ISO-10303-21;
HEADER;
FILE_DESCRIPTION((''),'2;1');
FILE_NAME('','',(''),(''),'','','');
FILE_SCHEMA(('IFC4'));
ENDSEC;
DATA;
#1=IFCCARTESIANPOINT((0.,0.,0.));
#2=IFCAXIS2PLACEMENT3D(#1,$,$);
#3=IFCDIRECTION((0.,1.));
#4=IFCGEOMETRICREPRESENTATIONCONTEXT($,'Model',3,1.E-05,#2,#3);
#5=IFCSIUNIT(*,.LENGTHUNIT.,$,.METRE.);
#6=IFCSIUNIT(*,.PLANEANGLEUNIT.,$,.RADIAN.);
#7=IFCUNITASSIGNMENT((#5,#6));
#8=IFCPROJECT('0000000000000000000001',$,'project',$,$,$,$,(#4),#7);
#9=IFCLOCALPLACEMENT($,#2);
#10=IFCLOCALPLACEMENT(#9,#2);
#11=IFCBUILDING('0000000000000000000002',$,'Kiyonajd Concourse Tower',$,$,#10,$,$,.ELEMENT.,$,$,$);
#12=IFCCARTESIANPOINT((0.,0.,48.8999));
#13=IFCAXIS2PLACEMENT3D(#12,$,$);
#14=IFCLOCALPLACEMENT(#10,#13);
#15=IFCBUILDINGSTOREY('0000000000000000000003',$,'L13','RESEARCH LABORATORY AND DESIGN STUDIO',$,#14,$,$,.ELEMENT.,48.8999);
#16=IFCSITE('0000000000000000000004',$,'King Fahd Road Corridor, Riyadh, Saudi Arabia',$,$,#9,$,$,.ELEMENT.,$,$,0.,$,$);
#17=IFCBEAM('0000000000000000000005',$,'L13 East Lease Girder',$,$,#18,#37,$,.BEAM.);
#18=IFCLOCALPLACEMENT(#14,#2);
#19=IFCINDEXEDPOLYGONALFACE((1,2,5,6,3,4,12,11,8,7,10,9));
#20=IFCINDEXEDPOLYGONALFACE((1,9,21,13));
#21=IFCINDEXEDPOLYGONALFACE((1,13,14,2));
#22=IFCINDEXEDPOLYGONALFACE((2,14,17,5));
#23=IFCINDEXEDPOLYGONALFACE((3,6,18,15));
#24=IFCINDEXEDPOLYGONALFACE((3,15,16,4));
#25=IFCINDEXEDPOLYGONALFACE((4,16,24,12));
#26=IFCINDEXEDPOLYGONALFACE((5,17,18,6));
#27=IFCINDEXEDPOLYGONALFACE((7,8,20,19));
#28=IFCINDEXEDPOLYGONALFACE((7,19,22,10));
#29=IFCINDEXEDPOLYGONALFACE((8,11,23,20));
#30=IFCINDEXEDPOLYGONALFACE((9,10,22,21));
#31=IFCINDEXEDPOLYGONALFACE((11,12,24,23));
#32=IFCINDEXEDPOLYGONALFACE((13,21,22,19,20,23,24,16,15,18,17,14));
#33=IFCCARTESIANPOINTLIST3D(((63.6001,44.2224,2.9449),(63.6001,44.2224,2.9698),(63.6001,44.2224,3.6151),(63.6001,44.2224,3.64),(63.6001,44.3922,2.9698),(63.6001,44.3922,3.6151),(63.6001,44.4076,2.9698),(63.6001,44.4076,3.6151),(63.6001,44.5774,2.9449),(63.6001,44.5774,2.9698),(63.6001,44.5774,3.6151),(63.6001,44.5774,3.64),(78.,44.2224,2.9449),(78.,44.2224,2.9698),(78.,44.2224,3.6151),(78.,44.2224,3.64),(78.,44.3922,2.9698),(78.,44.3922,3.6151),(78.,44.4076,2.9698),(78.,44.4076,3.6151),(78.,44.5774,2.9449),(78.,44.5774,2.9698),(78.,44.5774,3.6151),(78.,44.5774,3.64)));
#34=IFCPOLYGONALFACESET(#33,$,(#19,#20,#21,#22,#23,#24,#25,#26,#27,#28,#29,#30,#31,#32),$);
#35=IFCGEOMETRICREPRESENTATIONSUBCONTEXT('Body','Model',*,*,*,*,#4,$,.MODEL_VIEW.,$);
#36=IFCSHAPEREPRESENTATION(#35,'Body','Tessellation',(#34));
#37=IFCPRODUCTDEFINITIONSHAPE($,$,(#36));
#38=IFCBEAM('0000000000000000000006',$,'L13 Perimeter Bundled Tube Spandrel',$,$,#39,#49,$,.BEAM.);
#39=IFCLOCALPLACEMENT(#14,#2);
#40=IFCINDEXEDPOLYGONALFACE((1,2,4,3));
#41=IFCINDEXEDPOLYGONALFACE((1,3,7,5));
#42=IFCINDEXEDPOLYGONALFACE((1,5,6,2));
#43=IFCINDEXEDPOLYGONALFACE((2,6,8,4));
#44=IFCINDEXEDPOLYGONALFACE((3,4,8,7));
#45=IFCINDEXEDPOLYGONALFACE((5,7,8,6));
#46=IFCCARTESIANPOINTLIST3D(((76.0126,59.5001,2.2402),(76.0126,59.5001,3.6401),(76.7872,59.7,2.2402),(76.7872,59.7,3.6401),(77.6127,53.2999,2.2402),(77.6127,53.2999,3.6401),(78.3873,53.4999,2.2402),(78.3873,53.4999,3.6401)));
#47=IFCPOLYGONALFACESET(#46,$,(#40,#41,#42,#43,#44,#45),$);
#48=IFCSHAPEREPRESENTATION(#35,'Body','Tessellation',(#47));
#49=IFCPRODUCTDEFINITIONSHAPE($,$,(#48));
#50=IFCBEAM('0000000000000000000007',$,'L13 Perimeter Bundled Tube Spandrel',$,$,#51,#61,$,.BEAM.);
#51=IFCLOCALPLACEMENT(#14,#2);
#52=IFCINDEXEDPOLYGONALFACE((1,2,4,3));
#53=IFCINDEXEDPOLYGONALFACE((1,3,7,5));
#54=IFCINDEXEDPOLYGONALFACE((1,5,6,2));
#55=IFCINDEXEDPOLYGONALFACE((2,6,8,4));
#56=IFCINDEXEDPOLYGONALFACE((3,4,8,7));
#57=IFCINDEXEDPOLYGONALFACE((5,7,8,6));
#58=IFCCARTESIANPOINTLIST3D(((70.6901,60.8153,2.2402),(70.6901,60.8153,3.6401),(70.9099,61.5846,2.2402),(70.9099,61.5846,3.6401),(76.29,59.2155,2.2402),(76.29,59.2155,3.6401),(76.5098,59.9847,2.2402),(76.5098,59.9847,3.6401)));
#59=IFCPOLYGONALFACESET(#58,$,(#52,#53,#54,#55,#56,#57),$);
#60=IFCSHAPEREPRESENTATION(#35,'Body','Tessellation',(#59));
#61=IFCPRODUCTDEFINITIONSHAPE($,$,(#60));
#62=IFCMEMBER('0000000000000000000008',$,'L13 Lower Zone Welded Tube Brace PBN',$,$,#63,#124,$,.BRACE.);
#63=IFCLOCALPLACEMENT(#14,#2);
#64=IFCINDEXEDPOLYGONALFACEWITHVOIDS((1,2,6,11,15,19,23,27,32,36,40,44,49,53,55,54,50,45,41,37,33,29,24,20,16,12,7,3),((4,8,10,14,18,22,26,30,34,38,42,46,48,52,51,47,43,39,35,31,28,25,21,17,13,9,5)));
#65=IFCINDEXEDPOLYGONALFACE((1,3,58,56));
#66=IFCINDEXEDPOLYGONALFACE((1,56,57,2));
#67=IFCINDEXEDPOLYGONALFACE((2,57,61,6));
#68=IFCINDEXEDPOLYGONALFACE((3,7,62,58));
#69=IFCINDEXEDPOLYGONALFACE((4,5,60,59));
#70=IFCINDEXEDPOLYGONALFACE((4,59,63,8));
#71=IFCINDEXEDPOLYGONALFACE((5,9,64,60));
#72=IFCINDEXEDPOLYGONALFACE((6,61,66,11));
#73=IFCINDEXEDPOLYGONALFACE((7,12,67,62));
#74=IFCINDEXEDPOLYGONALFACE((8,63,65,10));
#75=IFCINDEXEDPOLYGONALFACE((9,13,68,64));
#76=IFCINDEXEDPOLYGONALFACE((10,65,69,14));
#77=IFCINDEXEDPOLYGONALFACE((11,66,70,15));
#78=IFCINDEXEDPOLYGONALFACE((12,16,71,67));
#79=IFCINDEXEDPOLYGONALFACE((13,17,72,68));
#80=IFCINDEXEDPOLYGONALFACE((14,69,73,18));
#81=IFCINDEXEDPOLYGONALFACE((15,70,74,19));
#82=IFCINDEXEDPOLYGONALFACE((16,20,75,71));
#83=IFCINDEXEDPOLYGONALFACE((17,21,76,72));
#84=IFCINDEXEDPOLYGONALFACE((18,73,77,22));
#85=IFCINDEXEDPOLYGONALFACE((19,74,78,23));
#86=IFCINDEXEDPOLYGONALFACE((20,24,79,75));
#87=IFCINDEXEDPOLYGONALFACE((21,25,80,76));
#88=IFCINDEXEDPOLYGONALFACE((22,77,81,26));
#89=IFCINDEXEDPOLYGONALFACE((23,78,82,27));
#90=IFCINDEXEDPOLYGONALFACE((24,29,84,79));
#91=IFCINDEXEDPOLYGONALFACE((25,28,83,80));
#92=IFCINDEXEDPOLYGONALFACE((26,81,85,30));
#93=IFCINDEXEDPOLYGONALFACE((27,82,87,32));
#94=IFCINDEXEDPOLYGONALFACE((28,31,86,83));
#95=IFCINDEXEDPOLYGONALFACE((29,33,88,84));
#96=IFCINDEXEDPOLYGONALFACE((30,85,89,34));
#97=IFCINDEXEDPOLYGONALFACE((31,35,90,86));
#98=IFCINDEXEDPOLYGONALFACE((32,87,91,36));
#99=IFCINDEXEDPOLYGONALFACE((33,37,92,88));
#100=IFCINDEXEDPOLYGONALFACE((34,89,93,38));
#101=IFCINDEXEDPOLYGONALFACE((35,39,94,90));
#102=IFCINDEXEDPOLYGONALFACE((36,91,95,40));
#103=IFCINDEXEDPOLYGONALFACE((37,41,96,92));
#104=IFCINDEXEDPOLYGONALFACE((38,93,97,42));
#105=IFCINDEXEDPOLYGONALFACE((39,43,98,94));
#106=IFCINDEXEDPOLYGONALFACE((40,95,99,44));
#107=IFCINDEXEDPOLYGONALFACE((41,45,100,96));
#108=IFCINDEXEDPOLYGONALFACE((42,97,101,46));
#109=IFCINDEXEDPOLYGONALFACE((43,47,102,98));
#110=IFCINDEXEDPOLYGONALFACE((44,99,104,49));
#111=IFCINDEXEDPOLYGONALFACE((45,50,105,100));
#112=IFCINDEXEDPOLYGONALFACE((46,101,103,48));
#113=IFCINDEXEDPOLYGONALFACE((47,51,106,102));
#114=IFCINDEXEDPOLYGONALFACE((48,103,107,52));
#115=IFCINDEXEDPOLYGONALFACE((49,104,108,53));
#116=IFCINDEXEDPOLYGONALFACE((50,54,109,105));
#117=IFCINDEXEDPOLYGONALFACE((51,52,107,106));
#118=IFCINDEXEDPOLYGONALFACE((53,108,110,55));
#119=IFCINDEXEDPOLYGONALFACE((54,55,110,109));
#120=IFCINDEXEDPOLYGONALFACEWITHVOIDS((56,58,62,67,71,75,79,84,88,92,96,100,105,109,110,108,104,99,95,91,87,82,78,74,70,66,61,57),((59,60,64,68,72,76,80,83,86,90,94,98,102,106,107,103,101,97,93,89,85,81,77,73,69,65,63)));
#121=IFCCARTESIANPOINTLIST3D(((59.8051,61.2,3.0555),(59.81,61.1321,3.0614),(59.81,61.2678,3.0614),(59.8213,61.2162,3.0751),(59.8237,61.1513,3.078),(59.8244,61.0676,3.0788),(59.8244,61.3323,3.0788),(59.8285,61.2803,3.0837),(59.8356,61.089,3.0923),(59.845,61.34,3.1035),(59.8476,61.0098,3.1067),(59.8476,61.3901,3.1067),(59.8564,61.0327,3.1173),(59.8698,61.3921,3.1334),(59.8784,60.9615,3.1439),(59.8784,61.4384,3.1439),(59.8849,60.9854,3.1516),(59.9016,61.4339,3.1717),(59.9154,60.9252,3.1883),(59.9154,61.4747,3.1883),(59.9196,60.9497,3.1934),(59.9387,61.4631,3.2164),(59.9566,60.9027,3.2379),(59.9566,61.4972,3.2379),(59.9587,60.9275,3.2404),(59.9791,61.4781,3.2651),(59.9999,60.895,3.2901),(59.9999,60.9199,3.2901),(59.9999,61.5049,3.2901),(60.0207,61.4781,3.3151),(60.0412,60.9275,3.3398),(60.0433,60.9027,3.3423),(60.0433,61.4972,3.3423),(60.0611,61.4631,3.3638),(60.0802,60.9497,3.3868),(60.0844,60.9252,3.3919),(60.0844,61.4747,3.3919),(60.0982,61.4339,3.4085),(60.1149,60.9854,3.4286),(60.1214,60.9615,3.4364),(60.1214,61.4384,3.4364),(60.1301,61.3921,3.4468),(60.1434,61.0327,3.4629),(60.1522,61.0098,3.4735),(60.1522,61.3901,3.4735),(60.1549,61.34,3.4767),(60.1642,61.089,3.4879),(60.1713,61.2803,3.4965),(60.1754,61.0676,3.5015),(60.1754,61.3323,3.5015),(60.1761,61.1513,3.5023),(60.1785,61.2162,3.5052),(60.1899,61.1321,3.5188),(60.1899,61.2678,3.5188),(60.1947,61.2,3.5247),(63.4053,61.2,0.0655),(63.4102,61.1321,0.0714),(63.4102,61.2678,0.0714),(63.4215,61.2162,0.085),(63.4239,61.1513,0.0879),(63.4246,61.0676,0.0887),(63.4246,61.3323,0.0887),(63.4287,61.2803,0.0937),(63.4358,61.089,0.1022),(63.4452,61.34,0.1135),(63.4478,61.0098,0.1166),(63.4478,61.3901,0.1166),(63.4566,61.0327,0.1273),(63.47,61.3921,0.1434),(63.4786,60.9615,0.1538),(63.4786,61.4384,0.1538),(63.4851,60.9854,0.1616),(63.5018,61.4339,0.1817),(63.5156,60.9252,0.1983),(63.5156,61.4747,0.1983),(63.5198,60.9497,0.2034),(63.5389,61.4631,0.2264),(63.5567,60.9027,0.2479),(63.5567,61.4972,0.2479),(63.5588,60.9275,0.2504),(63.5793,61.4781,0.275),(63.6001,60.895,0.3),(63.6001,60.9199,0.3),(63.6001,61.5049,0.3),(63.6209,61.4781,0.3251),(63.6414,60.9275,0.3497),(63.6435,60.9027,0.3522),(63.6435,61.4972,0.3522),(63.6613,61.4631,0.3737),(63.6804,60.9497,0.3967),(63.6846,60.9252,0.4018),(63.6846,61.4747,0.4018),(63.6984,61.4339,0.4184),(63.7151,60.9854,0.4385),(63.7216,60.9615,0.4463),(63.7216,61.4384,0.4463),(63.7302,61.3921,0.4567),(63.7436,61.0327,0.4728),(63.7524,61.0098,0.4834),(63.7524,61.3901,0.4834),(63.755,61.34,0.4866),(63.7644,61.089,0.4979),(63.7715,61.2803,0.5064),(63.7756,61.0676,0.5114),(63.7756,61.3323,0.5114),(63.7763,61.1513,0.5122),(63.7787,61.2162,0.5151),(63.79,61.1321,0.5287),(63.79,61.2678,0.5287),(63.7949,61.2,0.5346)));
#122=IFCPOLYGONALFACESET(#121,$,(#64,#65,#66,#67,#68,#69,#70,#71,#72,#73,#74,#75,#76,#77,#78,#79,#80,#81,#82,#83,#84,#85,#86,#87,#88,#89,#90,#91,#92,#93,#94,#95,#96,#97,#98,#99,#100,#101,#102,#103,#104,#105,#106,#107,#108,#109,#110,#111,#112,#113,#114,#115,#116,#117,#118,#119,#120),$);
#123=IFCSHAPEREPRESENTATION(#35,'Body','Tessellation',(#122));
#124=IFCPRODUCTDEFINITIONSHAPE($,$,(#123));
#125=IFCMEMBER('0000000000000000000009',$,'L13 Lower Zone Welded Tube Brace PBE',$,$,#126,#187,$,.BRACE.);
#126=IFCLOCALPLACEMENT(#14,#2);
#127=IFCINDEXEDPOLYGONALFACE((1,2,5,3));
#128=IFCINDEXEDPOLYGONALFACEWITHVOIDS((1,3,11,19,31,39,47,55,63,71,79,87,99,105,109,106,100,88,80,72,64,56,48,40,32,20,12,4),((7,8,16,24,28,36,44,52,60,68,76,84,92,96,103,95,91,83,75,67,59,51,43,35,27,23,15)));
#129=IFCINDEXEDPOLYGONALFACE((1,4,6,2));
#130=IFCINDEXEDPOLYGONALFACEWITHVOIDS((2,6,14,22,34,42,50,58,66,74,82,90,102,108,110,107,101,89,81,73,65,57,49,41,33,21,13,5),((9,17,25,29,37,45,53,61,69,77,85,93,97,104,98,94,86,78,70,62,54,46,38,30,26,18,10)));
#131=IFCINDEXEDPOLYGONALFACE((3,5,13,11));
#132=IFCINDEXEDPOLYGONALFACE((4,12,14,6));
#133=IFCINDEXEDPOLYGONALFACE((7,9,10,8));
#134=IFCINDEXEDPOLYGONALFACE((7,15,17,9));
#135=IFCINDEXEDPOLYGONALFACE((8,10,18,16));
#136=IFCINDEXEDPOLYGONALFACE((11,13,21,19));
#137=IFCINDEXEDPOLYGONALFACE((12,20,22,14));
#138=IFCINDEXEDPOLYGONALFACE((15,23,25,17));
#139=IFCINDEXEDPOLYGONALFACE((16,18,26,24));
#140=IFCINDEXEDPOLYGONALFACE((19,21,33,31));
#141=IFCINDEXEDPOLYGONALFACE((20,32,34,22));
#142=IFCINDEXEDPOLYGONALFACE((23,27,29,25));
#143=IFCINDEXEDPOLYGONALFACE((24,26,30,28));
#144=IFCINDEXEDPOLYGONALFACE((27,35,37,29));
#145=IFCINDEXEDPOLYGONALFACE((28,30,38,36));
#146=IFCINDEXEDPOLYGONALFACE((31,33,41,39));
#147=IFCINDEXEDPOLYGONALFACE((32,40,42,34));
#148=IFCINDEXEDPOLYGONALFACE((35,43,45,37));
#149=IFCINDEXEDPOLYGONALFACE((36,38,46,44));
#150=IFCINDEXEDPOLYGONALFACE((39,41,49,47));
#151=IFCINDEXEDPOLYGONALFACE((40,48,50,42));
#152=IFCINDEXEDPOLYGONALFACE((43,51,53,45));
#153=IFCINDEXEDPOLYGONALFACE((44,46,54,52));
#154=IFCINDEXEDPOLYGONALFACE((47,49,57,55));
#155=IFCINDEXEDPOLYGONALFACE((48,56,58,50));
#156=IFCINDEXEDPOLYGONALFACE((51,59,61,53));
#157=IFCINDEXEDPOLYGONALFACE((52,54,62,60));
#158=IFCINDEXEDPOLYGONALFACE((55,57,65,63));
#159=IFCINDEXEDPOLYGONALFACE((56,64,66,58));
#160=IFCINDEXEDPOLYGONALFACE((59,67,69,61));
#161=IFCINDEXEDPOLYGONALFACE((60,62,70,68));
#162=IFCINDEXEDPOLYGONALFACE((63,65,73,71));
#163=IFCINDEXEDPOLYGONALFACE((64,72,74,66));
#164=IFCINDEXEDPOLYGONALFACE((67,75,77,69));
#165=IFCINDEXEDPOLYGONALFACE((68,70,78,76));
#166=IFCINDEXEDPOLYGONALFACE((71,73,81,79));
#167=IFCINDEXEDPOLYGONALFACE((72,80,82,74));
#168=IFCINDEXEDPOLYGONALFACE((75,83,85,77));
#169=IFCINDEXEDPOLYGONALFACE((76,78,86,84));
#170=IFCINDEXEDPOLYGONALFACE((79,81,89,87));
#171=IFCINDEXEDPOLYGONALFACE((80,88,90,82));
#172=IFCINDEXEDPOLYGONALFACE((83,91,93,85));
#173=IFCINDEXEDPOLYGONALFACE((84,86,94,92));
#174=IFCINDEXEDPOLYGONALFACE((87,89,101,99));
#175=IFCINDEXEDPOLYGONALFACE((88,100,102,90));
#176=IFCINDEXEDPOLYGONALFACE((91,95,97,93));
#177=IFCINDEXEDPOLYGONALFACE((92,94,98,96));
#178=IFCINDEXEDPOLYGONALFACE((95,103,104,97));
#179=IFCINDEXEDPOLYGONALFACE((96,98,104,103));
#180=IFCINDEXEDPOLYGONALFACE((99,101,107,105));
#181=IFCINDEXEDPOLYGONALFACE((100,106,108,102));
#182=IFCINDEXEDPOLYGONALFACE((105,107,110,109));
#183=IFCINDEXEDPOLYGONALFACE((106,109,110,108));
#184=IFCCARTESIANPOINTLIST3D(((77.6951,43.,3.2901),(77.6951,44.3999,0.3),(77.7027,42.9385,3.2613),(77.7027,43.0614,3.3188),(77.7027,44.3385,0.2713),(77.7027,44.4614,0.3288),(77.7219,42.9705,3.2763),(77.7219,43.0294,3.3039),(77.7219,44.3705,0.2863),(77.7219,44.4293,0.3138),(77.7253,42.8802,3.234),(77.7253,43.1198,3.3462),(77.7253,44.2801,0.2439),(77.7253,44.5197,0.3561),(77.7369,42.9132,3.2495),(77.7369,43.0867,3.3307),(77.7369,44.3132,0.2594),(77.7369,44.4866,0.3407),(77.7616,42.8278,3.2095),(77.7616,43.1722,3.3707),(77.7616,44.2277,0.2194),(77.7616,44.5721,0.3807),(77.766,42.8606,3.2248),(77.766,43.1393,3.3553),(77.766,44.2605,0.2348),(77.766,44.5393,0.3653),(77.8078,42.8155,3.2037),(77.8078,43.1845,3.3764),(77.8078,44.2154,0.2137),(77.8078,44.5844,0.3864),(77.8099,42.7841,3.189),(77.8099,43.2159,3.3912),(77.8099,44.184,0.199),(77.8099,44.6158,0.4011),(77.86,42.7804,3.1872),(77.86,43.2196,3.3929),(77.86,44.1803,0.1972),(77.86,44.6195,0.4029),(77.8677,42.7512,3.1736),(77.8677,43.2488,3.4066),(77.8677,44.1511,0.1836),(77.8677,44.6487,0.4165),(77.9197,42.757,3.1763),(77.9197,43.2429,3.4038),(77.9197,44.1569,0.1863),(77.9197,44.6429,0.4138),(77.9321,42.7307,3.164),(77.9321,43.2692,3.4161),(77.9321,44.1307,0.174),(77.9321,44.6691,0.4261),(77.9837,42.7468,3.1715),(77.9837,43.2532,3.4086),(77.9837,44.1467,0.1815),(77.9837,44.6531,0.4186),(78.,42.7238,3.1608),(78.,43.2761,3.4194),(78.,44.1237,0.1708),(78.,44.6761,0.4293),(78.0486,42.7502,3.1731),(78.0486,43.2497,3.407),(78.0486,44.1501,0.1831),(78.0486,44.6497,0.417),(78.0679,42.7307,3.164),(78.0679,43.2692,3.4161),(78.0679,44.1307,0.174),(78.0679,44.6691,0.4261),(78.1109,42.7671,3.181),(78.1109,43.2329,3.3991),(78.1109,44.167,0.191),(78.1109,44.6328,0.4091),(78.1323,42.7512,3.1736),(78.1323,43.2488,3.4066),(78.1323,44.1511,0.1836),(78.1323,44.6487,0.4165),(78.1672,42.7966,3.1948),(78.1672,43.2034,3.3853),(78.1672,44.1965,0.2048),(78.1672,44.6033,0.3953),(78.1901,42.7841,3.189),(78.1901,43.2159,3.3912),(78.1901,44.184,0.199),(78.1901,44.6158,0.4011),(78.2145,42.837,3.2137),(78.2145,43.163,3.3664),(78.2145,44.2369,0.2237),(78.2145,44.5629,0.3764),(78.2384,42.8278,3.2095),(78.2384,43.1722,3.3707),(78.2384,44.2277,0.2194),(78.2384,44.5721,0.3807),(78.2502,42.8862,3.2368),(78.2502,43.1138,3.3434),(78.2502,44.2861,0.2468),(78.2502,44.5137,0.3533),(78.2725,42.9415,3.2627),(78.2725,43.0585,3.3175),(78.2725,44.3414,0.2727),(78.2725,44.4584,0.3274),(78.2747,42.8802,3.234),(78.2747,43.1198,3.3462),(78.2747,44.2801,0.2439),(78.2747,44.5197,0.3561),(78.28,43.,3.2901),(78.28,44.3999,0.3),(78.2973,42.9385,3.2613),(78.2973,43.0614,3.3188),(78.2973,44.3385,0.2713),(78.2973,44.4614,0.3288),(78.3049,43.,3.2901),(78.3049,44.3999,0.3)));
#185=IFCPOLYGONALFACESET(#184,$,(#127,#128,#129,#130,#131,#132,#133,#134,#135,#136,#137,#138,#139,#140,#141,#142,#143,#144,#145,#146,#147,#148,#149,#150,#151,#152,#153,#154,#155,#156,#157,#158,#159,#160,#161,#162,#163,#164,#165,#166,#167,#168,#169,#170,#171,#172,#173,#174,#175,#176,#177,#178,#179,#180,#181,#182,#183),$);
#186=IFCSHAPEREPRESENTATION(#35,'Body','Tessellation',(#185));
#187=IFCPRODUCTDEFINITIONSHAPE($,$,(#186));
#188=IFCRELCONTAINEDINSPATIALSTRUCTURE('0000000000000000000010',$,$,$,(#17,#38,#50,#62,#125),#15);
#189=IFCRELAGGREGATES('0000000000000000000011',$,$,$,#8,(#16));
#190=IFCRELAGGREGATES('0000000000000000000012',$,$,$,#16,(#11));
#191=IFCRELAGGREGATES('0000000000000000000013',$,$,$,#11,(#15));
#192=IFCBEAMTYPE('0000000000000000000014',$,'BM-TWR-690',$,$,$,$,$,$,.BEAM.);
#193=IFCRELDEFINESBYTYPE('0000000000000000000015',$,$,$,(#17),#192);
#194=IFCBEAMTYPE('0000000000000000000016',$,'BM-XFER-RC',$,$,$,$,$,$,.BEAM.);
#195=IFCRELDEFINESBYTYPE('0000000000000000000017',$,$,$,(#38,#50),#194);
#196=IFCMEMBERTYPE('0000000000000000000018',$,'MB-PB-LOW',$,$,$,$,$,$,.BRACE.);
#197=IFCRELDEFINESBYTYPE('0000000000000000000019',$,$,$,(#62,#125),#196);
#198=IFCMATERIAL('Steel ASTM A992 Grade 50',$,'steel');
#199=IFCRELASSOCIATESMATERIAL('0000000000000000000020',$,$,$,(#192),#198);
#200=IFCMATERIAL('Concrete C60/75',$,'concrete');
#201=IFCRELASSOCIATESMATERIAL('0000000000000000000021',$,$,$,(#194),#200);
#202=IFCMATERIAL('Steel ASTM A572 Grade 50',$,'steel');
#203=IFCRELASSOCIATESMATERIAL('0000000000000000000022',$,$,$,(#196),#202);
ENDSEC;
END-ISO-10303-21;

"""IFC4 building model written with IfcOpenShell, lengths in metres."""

from ifc_helpers import new_model, si_unit, direction, frame, origin, origin_2d, place, context, subcontext, project, spatial, rectangle, hollow_circle, i_section, extrude, material, material_profile, profile_set, type_object, element, save


model = new_model("IFC4")

# Units and contexts
model_context = context("Model", 3, precision=1e-05, world=origin(), true_north=direction((0.0, 1.0)))
body_context = subcontext(model_context, "Body", "Model", "MODEL_VIEW")
ifc_project = project(units=[si_unit("LENGTHUNIT", "METRE"), si_unit("PLANEANGLEUNIT", "RADIAN")], contexts=[model_context])

# Site, building, storey
site_placement = place(None, origin())
site = spatial("IfcSite", under=ifc_project, at=site_placement, Name="King Fahd Road Corridor, Riyadh, Saudi Arabia", CompositionType="ELEMENT", RefElevation=0.0)
building_placement = place(site_placement, origin())
building = spatial("IfcBuilding", under=site, at=building_placement, Name="Kiyonajd Concourse Tower", CompositionType="ELEMENT")
storey_placement = place(building_placement, frame((0.0, 0.0, 48.8999)))
storey = spatial("IfcBuildingStorey", under=building, at=storey_placement, Name="L13", Description="RESEARCH LABORATORY AND DESIGN STUDIO", CompositionType="ELEMENT", Elevation=48.8999)

# Beams
ifc_material_1 = material(Name="Steel ASTM A992 Grade 50", Category="steel")
ifc_material_profile_1 = material_profile(ifc_material_1, i_section(OverallWidth=0.355, OverallDepth=0.6951, WebThickness=0.0154, FlangeThickness=0.0249, at=origin_2d()), Name="W690X217")
ifc_profile_set_1 = profile_set([ifc_material_profile_1], Name="Steel ASTM A992 Grade 50")
beam_type_1 = type_object("IfcBeamType", Name="BM-TWR-690", PredefinedType="BEAM", material=ifc_profile_set_1)
beam_1_placement = place(storey_placement, frame((63.6001, 44.3999, 3.2925), z_axis=(1.0, 0.0, 0.0), x_axis=(0.0, 1.0, 0.0)))
element("IfcBeam", 1, at=beam_1_placement, inside=storey, type_object=beam_type_1, Name="L13 East Lease Girder", PredefinedType="BEAM", context=body_context, shape_type="SweptSolid", body=[
    extrude(i_section(OverallWidth=0.355, OverallDepth=0.6951, WebThickness=0.0154, FlangeThickness=0.0249, at=origin_2d()), origin(), (0.0, 0.0, 1.0), 14.3999),
])
ifc_material_2 = material(Name="Concrete C60/75", Category="concrete")
ifc_material_profile_2 = material_profile(ifc_material_2, rectangle(XDim=0.8, YDim=1.3999, at=origin_2d()), Name="RCBM-800x1400")
ifc_profile_set_2 = profile_set([ifc_material_profile_2], Name="Concrete C60/75")
beam_type_2 = type_object("IfcBeamType", Name="BM-XFER-RC", PredefinedType="BEAM", material=ifc_profile_set_2)
beam_2_placement = place(storey_placement, frame((78.0, 53.3999, 2.9402), z_axis=(-0.249885, 0.968276, 0.0), x_axis=(-0.968276, -0.249885, 0.0)))
element("IfcBeam", 2, at=beam_2_placement, inside=storey, type_object=beam_type_2, Name="L13 Perimeter Bundled Tube Spandrel", PredefinedType="BEAM", context=body_context, shape_type="SweptSolid", body=[
    extrude(rectangle(XDim=0.8, YDim=1.3999, at=origin_2d()), origin(), (0.0, 0.0, 1.0), 6.4033),
])
beam_3_placement = place(storey_placement, frame((76.3999, 59.6001, 2.9402), z_axis=(-0.961529, 0.274705, 0.0), x_axis=(-0.274705, -0.961529, 0.0)))
element("IfcBeam", 3, at=beam_3_placement, inside=storey, type_object=beam_type_2, Name="L13 Perimeter Bundled Tube Spandrel", PredefinedType="BEAM", context=body_context, shape_type="SweptSolid", body=[
    extrude(rectangle(XDim=0.8, YDim=1.3999, at=origin_2d()), origin(), (0.0, 0.0, 1.0), 5.824),
])

# Members
ifc_material_3 = material(Name="Steel ASTM A572 Grade 50", Category="steel")
ifc_material_profile_3 = material_profile(ifc_material_3, hollow_circle(Radius=0.3049, WallThickness=0.0249, at=origin_2d()), Name="CHS-610x25")
ifc_profile_set_3 = profile_set([ifc_material_profile_3], Name="Steel ASTM A572 Grade 50")
member_type = type_object("IfcMemberType", Name="MB-PB-LOW", PredefinedType="BRACE", material=ifc_profile_set_3)
member_1_placement = place(storey_placement, frame((63.6001, 61.2, 0.3), z_axis=(-0.769281, 0.0, 0.638911), x_axis=(0.0, -1.0, 0.0)))
element("IfcMember", 4, at=member_1_placement, inside=storey, type_object=member_type, Name="L13 Lower Zone Welded Tube Brace PBN", PredefinedType="BRACE", context=body_context, shape_type="SweptSolid", body=[
    extrude(hollow_circle(Radius=0.3049, WallThickness=0.0249, at=origin_2d()), origin(), (0.0, 0.0, 1.0), 4.6799),
])
member_2_placement = place(storey_placement, frame((78.0, 44.3999, 0.3), z_axis=(0.0, -0.424023, 0.905652), x_axis=(1.0, 0.0, 0.0)))
element("IfcMember", 5, at=member_2_placement, inside=storey, type_object=member_type, Name="L13 Lower Zone Welded Tube Brace PBE", PredefinedType="BRACE", context=body_context, shape_type="SweptSolid", body=[
    extrude(hollow_circle(Radius=0.3049, WallThickness=0.0249, at=origin_2d()), origin(), (0.0, 0.0, 1.0), 3.3015),
])

save(model, "model.ifc")
